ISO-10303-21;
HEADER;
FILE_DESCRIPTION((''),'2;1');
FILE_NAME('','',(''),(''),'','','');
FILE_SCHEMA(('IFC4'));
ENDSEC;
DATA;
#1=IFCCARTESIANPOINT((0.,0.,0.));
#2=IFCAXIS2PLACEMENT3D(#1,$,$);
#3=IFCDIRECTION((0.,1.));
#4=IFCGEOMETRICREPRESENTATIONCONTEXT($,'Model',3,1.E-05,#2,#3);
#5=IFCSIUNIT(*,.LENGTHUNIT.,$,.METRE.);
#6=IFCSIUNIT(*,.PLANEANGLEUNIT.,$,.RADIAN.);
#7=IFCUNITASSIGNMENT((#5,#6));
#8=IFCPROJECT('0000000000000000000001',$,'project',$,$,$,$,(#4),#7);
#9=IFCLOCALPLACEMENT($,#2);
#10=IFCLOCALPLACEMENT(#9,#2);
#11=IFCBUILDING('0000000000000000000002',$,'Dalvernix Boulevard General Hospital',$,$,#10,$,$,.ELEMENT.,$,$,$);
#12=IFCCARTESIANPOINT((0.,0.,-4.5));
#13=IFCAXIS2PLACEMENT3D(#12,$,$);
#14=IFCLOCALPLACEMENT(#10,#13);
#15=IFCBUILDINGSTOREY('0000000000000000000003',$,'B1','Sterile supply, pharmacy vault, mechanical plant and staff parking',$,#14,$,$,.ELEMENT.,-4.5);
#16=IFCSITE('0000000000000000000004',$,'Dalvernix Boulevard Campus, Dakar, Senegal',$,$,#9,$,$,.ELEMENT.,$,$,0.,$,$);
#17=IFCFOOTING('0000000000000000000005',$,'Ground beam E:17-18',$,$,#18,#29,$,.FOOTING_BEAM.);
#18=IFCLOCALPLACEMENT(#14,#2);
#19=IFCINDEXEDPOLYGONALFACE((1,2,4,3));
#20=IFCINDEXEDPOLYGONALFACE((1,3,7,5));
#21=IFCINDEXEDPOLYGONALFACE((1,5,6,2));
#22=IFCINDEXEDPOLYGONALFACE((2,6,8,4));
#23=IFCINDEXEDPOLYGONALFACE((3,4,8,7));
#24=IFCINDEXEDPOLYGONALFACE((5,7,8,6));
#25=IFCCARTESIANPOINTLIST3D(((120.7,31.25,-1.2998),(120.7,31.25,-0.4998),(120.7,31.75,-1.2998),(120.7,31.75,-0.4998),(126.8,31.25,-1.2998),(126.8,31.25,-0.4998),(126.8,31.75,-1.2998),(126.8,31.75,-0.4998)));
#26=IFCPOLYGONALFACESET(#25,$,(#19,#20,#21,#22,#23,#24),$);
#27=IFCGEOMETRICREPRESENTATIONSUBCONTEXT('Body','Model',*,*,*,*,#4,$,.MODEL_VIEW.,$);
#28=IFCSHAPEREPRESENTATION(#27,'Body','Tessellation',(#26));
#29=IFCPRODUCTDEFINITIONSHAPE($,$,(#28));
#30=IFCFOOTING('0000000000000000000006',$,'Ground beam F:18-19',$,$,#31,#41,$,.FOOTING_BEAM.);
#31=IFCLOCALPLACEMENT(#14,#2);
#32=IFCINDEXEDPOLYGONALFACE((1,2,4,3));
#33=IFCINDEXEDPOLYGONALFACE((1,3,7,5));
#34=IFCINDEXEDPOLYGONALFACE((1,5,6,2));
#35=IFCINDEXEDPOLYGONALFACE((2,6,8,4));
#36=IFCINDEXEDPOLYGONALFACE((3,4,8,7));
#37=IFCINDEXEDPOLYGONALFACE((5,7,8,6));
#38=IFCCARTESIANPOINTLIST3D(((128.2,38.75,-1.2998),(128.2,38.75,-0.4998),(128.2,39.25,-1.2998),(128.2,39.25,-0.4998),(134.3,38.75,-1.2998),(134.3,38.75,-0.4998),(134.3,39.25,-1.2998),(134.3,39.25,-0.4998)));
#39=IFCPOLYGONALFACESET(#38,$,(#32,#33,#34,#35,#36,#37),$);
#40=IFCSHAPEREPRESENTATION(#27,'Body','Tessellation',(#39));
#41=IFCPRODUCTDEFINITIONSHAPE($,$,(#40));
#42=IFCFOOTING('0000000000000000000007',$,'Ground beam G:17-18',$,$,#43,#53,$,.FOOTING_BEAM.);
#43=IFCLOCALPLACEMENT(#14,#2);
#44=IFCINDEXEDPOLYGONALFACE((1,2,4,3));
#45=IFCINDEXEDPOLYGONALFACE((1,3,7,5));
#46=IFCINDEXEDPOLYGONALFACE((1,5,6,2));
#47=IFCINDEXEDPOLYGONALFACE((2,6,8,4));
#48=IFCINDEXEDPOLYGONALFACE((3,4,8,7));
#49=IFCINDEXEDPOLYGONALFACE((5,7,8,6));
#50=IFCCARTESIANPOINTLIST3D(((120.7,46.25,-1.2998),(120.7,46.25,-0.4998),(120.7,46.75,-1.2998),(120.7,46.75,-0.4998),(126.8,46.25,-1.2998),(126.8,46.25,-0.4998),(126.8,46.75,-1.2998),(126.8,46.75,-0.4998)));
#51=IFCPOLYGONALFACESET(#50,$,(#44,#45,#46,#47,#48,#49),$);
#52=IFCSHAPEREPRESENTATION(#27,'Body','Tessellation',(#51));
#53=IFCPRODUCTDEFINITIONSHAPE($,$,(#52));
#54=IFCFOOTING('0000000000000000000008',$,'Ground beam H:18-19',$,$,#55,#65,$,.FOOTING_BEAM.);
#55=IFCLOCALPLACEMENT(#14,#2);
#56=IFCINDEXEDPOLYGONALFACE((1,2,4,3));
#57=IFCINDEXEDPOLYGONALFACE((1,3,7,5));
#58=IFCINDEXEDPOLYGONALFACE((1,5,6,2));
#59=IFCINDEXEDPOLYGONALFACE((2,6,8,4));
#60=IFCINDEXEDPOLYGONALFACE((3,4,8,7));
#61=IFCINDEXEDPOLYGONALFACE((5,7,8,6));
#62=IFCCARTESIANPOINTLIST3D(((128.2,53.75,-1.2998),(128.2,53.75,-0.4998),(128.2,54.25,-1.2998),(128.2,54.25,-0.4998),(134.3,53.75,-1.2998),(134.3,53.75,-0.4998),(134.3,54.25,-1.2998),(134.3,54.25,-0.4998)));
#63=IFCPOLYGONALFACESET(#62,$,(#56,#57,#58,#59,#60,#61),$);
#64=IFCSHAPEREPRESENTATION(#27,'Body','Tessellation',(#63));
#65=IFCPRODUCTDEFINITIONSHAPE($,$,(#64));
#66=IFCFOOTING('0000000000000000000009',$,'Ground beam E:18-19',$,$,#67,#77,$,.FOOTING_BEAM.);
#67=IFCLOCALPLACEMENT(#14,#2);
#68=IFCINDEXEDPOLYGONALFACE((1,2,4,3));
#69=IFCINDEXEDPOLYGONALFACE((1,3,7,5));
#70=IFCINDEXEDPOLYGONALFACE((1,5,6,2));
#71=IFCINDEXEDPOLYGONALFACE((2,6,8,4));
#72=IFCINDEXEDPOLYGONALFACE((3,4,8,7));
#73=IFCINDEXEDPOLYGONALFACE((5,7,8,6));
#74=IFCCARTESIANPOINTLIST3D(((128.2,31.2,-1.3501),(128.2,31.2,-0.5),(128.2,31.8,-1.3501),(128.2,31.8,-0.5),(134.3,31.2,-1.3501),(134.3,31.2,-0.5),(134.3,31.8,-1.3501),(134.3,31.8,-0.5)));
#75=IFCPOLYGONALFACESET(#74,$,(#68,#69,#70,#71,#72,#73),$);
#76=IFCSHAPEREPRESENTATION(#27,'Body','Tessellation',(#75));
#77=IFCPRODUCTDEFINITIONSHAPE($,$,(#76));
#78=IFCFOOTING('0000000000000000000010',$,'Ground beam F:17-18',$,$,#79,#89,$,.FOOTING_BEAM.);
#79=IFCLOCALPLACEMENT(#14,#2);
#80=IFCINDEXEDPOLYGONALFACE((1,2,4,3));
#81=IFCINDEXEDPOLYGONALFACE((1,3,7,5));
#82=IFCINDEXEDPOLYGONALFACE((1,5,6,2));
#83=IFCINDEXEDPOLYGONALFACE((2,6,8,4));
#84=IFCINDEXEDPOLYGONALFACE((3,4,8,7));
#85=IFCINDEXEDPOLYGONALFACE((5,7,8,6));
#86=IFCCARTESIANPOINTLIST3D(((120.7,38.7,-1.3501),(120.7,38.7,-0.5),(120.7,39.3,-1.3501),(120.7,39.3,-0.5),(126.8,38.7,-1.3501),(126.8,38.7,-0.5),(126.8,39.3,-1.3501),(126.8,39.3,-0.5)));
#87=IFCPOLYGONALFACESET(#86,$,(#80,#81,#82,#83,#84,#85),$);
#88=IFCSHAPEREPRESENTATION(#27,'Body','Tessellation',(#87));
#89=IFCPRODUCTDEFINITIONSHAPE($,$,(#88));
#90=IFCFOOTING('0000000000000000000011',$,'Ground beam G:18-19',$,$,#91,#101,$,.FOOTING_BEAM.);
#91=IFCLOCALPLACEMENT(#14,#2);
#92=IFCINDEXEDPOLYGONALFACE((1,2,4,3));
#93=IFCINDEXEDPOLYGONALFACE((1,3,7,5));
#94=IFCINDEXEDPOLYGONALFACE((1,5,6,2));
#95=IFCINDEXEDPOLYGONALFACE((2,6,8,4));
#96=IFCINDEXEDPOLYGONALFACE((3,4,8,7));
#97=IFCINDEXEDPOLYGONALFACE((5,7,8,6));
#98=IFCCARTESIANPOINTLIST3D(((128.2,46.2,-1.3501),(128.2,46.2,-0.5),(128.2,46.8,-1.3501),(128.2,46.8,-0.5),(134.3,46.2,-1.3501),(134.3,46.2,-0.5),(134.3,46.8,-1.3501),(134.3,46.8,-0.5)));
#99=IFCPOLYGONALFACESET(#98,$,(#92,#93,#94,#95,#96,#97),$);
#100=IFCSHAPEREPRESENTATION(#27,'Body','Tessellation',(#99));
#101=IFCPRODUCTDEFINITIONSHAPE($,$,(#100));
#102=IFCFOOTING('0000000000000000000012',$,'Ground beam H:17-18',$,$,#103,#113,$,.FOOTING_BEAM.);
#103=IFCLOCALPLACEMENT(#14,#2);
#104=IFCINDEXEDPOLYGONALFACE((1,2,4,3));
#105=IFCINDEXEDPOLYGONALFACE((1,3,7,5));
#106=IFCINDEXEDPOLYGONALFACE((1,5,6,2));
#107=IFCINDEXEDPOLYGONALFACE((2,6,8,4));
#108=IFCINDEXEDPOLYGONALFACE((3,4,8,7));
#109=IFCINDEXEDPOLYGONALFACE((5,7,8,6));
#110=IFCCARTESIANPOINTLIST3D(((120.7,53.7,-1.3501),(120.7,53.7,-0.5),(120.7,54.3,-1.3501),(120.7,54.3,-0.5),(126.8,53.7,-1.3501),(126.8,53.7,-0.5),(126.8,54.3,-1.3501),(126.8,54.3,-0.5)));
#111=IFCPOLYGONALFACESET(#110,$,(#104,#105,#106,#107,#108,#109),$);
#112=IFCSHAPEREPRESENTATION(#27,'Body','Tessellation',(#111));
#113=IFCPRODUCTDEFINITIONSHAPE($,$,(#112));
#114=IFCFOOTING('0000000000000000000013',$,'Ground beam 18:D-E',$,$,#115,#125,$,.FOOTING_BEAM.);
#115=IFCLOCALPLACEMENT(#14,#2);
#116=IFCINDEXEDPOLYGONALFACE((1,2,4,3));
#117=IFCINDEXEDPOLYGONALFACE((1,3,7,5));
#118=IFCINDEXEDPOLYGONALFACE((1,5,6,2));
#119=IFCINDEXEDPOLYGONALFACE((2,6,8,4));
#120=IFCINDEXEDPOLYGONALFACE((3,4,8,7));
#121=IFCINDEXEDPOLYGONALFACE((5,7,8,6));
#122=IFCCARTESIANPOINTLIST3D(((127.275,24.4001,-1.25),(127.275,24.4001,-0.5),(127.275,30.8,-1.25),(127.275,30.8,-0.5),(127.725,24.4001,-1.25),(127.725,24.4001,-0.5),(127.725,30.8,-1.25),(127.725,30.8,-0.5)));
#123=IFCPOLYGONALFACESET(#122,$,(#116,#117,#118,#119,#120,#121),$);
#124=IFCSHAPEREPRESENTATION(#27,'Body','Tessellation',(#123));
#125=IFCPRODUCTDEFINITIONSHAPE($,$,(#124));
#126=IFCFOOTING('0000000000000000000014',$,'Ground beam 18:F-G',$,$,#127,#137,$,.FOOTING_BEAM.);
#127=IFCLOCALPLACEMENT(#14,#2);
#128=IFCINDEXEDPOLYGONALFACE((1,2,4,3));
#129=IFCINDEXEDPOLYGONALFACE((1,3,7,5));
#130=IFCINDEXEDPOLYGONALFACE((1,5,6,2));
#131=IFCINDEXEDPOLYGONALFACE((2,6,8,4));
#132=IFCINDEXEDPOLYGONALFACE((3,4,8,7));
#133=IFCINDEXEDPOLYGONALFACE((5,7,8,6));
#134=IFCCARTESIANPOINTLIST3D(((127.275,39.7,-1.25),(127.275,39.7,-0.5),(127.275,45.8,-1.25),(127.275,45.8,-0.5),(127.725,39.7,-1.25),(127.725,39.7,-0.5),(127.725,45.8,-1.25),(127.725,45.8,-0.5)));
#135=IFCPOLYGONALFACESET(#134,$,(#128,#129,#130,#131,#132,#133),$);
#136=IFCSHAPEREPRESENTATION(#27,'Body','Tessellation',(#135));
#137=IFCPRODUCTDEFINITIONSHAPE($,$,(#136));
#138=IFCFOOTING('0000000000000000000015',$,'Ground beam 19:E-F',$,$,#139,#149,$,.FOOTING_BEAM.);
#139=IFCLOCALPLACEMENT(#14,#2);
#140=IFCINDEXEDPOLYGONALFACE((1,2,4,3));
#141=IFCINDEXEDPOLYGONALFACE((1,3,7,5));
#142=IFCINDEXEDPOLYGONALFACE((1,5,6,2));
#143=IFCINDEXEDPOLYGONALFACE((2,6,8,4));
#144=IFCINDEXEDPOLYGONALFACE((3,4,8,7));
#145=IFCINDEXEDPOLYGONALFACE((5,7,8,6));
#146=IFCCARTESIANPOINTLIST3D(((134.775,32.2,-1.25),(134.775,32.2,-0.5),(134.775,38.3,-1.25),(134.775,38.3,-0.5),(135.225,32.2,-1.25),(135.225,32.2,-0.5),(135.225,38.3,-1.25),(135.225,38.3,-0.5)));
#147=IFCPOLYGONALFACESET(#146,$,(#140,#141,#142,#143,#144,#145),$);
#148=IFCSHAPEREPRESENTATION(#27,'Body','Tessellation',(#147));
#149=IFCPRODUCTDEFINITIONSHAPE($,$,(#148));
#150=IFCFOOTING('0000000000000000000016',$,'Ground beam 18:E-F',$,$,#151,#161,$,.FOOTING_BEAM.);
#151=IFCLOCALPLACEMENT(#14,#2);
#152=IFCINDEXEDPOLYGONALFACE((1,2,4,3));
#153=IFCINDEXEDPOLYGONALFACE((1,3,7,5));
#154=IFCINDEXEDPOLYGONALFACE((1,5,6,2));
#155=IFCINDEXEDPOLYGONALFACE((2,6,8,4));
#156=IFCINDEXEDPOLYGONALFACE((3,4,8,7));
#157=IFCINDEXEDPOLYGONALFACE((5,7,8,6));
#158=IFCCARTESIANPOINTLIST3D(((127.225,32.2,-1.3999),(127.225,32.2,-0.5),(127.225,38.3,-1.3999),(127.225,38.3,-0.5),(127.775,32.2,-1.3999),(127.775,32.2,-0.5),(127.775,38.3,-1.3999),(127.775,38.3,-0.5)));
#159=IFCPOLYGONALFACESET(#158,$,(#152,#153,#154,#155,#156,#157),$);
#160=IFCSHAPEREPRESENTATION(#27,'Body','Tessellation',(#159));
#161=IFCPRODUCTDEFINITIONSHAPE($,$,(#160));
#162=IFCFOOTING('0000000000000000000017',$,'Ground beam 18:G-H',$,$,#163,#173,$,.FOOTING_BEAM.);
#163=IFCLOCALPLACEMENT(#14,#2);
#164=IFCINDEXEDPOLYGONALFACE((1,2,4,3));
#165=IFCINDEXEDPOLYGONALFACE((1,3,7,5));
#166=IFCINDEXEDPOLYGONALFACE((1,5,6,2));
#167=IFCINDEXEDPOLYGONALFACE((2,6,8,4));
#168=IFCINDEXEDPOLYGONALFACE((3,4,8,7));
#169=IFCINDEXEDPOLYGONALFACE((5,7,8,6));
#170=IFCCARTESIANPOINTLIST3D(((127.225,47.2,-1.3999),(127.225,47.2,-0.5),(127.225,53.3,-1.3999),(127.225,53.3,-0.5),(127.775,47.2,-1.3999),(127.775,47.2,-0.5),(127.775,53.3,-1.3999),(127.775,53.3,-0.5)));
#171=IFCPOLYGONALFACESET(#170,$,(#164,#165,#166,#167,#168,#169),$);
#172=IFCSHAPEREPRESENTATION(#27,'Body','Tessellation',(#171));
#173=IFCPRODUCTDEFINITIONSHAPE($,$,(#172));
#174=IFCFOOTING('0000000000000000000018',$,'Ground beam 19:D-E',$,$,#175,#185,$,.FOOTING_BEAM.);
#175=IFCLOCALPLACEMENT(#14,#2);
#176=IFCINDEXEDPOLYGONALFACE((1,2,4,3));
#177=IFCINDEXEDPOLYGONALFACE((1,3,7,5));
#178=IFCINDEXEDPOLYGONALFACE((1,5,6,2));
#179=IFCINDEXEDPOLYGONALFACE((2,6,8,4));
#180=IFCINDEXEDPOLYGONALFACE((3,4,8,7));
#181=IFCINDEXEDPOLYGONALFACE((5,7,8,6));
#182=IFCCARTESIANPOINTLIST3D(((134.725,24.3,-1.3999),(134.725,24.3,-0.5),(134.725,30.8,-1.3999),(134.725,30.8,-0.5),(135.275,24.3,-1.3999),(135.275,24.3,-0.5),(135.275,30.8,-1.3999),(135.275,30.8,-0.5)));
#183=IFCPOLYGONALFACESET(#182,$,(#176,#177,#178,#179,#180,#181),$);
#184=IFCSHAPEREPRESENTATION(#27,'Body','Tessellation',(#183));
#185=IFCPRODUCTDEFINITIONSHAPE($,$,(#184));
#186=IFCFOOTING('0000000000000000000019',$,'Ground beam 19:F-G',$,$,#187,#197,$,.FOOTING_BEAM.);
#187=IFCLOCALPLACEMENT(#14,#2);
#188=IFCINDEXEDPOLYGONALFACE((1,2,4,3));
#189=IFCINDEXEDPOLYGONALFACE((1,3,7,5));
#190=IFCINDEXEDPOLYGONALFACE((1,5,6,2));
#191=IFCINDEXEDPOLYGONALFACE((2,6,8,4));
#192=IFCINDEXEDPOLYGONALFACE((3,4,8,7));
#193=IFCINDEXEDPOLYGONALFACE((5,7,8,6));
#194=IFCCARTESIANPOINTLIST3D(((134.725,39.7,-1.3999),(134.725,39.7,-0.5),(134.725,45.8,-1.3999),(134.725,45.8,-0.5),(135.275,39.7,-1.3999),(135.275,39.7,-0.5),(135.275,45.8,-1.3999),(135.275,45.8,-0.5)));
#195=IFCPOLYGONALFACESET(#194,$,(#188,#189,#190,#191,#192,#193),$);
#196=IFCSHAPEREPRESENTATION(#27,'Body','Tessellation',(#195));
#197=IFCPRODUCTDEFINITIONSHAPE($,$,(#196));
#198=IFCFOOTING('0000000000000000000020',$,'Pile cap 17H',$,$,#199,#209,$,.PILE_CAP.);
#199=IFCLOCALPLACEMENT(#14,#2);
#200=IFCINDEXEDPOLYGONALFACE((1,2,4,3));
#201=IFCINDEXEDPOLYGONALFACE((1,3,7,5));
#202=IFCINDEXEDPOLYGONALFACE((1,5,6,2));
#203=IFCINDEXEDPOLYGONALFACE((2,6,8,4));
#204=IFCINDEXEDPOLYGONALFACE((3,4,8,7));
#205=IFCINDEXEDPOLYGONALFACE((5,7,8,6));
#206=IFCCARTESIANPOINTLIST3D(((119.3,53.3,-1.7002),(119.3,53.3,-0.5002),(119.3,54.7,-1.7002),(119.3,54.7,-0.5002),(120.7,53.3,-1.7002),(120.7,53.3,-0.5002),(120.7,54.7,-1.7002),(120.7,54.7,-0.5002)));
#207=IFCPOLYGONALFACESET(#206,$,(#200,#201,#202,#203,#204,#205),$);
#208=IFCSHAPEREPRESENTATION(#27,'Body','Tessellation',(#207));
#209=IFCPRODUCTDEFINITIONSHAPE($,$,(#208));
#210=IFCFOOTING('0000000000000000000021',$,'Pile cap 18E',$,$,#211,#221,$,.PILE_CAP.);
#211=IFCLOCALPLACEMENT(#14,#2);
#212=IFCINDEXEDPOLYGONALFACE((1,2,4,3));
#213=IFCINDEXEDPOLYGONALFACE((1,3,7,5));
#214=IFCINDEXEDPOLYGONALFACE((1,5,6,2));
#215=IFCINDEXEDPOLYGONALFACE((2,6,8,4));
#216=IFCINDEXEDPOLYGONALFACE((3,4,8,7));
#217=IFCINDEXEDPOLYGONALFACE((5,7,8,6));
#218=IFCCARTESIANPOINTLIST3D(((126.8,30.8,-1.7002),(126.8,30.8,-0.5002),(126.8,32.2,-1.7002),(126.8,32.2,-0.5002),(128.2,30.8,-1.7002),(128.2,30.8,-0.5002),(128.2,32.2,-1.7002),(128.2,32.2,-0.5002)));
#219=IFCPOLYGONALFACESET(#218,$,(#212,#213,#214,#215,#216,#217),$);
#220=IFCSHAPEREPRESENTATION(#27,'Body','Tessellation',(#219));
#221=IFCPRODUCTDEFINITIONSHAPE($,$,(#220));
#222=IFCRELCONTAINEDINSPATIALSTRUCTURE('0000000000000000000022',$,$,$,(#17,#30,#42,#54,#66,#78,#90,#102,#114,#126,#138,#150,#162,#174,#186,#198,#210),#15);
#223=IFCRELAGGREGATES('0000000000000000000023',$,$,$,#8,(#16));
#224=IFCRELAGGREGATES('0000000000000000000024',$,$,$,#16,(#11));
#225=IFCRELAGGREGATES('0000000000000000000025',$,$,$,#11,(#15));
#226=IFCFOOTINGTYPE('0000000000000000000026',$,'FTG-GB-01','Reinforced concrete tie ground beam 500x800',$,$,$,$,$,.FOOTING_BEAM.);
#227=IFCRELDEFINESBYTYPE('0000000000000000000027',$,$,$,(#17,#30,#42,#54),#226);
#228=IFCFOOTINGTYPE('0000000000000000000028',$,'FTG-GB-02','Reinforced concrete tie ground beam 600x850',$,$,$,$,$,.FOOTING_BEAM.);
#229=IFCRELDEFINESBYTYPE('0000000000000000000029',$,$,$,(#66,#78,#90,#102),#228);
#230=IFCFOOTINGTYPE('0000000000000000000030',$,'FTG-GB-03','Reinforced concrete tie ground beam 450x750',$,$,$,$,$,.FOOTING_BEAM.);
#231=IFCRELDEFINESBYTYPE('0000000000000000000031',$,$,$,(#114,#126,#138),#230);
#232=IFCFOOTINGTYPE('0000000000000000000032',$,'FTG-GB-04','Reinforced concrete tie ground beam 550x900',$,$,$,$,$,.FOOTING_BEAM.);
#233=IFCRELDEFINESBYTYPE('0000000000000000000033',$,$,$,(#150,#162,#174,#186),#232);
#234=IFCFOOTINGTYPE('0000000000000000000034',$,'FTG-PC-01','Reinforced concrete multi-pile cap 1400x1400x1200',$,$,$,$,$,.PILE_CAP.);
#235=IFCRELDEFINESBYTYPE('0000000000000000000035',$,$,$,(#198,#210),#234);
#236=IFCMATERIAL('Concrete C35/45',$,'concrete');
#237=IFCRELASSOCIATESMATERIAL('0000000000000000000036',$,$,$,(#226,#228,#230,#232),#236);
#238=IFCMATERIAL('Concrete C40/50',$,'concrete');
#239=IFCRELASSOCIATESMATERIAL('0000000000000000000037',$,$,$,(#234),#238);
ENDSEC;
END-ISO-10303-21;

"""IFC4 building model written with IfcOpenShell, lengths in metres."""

from ifc_helpers import new_model, si_unit, direction, frame, origin, origin_2d, place, context, subcontext, project, spatial, rectangle, extrude, material, type_object, element, save


model = new_model("IFC4")

# Units and contexts
model_context = context("Model", 3, precision=1e-05, world=origin(), true_north=direction((0.0, 1.0)))
body_context = subcontext(model_context, "Body", "Model", "MODEL_VIEW")
ifc_project = project(units=[si_unit("LENGTHUNIT", "METRE"), si_unit("PLANEANGLEUNIT", "RADIAN")], contexts=[model_context])

# Site, building, storey
site_placement = place(None, origin())
site = spatial("IfcSite", under=ifc_project, at=site_placement, Name="Dalvernix Boulevard Campus, Dakar, Senegal", CompositionType="ELEMENT", RefElevation=0.0)
building_placement = place(site_placement, origin())
building = spatial("IfcBuilding", under=site, at=building_placement, Name="Dalvernix Boulevard General Hospital", CompositionType="ELEMENT")
storey_placement = place(building_placement, frame((0.0, 0.0, -4.5)))
storey = spatial("IfcBuildingStorey", under=building, at=storey_placement, Name="B1", Description="Sterile supply, pharmacy vault, mechanical plant and staff parking", CompositionType="ELEMENT", Elevation=-4.5)

# Footings
ifc_material_1 = material(Name="Concrete C35/45", Category="concrete")
footing_type_1 = type_object("IfcFootingType", Name="FTG-GB-01", Description="Reinforced concrete tie ground beam 500x800", PredefinedType="FOOTING_BEAM", material=ifc_material_1)
for number, where, z_axis, x_axis, name in (
    (1, (123.75, 31.5, -1.2998), (0.0, 0.0, 1.0), (1.0, 0.0, 0.0), "Ground beam E:17-18"),
    (2, (131.25, 39.0, -1.2998), (0.0, 0.0, 1.0), (1.0, 0.0, 0.0), "Ground beam F:18-19"),
    (3, (123.75, 46.5, -1.2998), (0.0, 0.0, 1.0), (1.0, 0.0, 0.0), "Ground beam G:17-18"),
    (4, (131.25, 54.0, -1.2998), (0.0, 0.0, 1.0), (1.0, 0.0, 0.0), "Ground beam H:18-19"),
):
    element("IfcFooting", number, at=place(storey_placement, frame(where, z_axis=z_axis, x_axis=x_axis)), inside=storey, type_object=footing_type_1, Name=name, PredefinedType="FOOTING_BEAM", context=body_context, shape_type="SweptSolid", body=[
        extrude(rectangle(XDim=6.1001, YDim=0.5, at=origin_2d()), origin(), (0.0, 0.0, 1.0), 0.8),
    ])
footing_type_2 = type_object("IfcFootingType", Name="FTG-GB-02", Description="Reinforced concrete tie ground beam 600x850", PredefinedType="FOOTING_BEAM", material=ifc_material_1)
for number, where, z_axis, x_axis, name in (
    (5, (131.25, 31.5, -1.3501), (0.0, 0.0, 1.0), (1.0, 0.0, 0.0), "Ground beam E:18-19"),
    (6, (123.75, 39.0, -1.3501), (0.0, 0.0, 1.0), (1.0, 0.0, 0.0), "Ground beam F:17-18"),
    (7, (131.25, 46.5, -1.3501), (0.0, 0.0, 1.0), (1.0, 0.0, 0.0), "Ground beam G:18-19"),
    (8, (123.75, 54.0, -1.3501), (0.0, 0.0, 1.0), (1.0, 0.0, 0.0), "Ground beam H:17-18"),
):
    element("IfcFooting", number, at=place(storey_placement, frame(where, z_axis=z_axis, x_axis=x_axis)), inside=storey, type_object=footing_type_2, Name=name, PredefinedType="FOOTING_BEAM", context=body_context, shape_type="SweptSolid", body=[
        extrude(rectangle(XDim=6.1001, YDim=0.6001, at=origin_2d()), origin(), (0.0, 0.0, 1.0), 0.8501),
    ])
footing_type_3 = type_object("IfcFootingType", Name="FTG-GB-03", Description="Reinforced concrete tie ground beam 450x750", PredefinedType="FOOTING_BEAM", material=ifc_material_1)
footing_1_placement = place(storey_placement, frame((127.5, 27.6001, -1.25), z_axis=(0.0, 0.0, 1.0), x_axis=(0.0, 1.0, 0.0)))
element("IfcFooting", 9, at=footing_1_placement, inside=storey, type_object=footing_type_3, Name="Ground beam 18:D-E", PredefinedType="FOOTING_BEAM", context=body_context, shape_type="SweptSolid", body=[
    extrude(rectangle(XDim=6.3999, YDim=0.45, at=origin_2d()), origin(), (0.0, 0.0, 1.0), 0.75),
])
for number, where, z_axis, x_axis, name in (
    (10, (127.5, 42.75, -1.25), (0.0, 0.0, 1.0), (0.0, 1.0, 0.0), "Ground beam 18:F-G"),
    (11, (135.0, 35.25, -1.25), (0.0, 0.0, 1.0), (0.0, 1.0, 0.0), "Ground beam 19:E-F"),
):
    element("IfcFooting", number, at=place(storey_placement, frame(where, z_axis=z_axis, x_axis=x_axis)), inside=storey, type_object=footing_type_3, Name=name, PredefinedType="FOOTING_BEAM", context=body_context, shape_type="SweptSolid", body=[
        extrude(rectangle(XDim=6.1001, YDim=0.45, at=origin_2d()), origin(), (0.0, 0.0, 1.0), 0.75),
    ])
footing_type_4 = type_object("IfcFootingType", Name="FTG-GB-04", Description="Reinforced concrete tie ground beam 550x900", PredefinedType="FOOTING_BEAM", material=ifc_material_1)
for number, where, z_axis, x_axis, name in (
    (12, (127.5, 35.25, -1.3999), (0.0, 0.0, 1.0), (0.0, 1.0, 0.0), "Ground beam 18:E-F"),
    (13, (127.5, 50.25, -1.3999), (0.0, 0.0, 1.0), (0.0, 1.0, 0.0), "Ground beam 18:G-H"),
):
    element("IfcFooting", number, at=place(storey_placement, frame(where, z_axis=z_axis, x_axis=x_axis)), inside=storey, type_object=footing_type_4, Name=name, PredefinedType="FOOTING_BEAM", context=body_context, shape_type="SweptSolid", body=[
        extrude(rectangle(XDim=6.1001, YDim=0.55, at=origin_2d()), origin(), (0.0, 0.0, 1.0), 0.8999),
    ])
footing_2_placement = place(storey_placement, frame((135.0, 27.55, -1.3999), z_axis=(0.0, 0.0, 1.0), x_axis=(0.0, 1.0, 0.0)))
element("IfcFooting", 14, at=footing_2_placement, inside=storey, type_object=footing_type_4, Name="Ground beam 19:D-E", PredefinedType="FOOTING_BEAM", context=body_context, shape_type="SweptSolid", body=[
    extrude(rectangle(XDim=6.5, YDim=0.55, at=origin_2d()), origin(), (0.0, 0.0, 1.0), 0.8999),
])
footing_3_placement = place(storey_placement, frame((135.0, 42.75, -1.3999), z_axis=(0.0, 0.0, 1.0), x_axis=(0.0, 1.0, 0.0)))
element("IfcFooting", 15, at=footing_3_placement, inside=storey, type_object=footing_type_4, Name="Ground beam 19:F-G", PredefinedType="FOOTING_BEAM", context=body_context, shape_type="SweptSolid", body=[
    extrude(rectangle(XDim=6.1001, YDim=0.55, at=origin_2d()), origin(), (0.0, 0.0, 1.0), 0.8999),
])
ifc_material_2 = material(Name="Concrete C40/50", Category="concrete")
footing_type_5 = type_object("IfcFootingType", Name="FTG-PC-01", Description="Reinforced concrete multi-pile cap 1400x1400x1200", PredefinedType="PILE_CAP", material=ifc_material_2)
for number, where, z_axis, x_axis, name in (
    (16, (120.0, 54.0, -1.7002), (0.0, 0.0, 1.0), (1.0, 0.0, 0.0), "Pile cap 17H"),
    (17, (127.5, 31.5, -1.7002), (0.0, 0.0, 1.0), (1.0, 0.0, 0.0), "Pile cap 18E"),
):
    element("IfcFooting", number, at=place(storey_placement, frame(where, z_axis=z_axis, x_axis=x_axis)), inside=storey, type_object=footing_type_5, Name=name, PredefinedType="PILE_CAP", context=body_context, shape_type="SweptSolid", body=[
        extrude(rectangle(XDim=1.3999, YDim=1.3999, at=origin_2d()), origin(), (0.0, 0.0, 1.0), 1.2),
    ])

save(model, "model.ifc")
